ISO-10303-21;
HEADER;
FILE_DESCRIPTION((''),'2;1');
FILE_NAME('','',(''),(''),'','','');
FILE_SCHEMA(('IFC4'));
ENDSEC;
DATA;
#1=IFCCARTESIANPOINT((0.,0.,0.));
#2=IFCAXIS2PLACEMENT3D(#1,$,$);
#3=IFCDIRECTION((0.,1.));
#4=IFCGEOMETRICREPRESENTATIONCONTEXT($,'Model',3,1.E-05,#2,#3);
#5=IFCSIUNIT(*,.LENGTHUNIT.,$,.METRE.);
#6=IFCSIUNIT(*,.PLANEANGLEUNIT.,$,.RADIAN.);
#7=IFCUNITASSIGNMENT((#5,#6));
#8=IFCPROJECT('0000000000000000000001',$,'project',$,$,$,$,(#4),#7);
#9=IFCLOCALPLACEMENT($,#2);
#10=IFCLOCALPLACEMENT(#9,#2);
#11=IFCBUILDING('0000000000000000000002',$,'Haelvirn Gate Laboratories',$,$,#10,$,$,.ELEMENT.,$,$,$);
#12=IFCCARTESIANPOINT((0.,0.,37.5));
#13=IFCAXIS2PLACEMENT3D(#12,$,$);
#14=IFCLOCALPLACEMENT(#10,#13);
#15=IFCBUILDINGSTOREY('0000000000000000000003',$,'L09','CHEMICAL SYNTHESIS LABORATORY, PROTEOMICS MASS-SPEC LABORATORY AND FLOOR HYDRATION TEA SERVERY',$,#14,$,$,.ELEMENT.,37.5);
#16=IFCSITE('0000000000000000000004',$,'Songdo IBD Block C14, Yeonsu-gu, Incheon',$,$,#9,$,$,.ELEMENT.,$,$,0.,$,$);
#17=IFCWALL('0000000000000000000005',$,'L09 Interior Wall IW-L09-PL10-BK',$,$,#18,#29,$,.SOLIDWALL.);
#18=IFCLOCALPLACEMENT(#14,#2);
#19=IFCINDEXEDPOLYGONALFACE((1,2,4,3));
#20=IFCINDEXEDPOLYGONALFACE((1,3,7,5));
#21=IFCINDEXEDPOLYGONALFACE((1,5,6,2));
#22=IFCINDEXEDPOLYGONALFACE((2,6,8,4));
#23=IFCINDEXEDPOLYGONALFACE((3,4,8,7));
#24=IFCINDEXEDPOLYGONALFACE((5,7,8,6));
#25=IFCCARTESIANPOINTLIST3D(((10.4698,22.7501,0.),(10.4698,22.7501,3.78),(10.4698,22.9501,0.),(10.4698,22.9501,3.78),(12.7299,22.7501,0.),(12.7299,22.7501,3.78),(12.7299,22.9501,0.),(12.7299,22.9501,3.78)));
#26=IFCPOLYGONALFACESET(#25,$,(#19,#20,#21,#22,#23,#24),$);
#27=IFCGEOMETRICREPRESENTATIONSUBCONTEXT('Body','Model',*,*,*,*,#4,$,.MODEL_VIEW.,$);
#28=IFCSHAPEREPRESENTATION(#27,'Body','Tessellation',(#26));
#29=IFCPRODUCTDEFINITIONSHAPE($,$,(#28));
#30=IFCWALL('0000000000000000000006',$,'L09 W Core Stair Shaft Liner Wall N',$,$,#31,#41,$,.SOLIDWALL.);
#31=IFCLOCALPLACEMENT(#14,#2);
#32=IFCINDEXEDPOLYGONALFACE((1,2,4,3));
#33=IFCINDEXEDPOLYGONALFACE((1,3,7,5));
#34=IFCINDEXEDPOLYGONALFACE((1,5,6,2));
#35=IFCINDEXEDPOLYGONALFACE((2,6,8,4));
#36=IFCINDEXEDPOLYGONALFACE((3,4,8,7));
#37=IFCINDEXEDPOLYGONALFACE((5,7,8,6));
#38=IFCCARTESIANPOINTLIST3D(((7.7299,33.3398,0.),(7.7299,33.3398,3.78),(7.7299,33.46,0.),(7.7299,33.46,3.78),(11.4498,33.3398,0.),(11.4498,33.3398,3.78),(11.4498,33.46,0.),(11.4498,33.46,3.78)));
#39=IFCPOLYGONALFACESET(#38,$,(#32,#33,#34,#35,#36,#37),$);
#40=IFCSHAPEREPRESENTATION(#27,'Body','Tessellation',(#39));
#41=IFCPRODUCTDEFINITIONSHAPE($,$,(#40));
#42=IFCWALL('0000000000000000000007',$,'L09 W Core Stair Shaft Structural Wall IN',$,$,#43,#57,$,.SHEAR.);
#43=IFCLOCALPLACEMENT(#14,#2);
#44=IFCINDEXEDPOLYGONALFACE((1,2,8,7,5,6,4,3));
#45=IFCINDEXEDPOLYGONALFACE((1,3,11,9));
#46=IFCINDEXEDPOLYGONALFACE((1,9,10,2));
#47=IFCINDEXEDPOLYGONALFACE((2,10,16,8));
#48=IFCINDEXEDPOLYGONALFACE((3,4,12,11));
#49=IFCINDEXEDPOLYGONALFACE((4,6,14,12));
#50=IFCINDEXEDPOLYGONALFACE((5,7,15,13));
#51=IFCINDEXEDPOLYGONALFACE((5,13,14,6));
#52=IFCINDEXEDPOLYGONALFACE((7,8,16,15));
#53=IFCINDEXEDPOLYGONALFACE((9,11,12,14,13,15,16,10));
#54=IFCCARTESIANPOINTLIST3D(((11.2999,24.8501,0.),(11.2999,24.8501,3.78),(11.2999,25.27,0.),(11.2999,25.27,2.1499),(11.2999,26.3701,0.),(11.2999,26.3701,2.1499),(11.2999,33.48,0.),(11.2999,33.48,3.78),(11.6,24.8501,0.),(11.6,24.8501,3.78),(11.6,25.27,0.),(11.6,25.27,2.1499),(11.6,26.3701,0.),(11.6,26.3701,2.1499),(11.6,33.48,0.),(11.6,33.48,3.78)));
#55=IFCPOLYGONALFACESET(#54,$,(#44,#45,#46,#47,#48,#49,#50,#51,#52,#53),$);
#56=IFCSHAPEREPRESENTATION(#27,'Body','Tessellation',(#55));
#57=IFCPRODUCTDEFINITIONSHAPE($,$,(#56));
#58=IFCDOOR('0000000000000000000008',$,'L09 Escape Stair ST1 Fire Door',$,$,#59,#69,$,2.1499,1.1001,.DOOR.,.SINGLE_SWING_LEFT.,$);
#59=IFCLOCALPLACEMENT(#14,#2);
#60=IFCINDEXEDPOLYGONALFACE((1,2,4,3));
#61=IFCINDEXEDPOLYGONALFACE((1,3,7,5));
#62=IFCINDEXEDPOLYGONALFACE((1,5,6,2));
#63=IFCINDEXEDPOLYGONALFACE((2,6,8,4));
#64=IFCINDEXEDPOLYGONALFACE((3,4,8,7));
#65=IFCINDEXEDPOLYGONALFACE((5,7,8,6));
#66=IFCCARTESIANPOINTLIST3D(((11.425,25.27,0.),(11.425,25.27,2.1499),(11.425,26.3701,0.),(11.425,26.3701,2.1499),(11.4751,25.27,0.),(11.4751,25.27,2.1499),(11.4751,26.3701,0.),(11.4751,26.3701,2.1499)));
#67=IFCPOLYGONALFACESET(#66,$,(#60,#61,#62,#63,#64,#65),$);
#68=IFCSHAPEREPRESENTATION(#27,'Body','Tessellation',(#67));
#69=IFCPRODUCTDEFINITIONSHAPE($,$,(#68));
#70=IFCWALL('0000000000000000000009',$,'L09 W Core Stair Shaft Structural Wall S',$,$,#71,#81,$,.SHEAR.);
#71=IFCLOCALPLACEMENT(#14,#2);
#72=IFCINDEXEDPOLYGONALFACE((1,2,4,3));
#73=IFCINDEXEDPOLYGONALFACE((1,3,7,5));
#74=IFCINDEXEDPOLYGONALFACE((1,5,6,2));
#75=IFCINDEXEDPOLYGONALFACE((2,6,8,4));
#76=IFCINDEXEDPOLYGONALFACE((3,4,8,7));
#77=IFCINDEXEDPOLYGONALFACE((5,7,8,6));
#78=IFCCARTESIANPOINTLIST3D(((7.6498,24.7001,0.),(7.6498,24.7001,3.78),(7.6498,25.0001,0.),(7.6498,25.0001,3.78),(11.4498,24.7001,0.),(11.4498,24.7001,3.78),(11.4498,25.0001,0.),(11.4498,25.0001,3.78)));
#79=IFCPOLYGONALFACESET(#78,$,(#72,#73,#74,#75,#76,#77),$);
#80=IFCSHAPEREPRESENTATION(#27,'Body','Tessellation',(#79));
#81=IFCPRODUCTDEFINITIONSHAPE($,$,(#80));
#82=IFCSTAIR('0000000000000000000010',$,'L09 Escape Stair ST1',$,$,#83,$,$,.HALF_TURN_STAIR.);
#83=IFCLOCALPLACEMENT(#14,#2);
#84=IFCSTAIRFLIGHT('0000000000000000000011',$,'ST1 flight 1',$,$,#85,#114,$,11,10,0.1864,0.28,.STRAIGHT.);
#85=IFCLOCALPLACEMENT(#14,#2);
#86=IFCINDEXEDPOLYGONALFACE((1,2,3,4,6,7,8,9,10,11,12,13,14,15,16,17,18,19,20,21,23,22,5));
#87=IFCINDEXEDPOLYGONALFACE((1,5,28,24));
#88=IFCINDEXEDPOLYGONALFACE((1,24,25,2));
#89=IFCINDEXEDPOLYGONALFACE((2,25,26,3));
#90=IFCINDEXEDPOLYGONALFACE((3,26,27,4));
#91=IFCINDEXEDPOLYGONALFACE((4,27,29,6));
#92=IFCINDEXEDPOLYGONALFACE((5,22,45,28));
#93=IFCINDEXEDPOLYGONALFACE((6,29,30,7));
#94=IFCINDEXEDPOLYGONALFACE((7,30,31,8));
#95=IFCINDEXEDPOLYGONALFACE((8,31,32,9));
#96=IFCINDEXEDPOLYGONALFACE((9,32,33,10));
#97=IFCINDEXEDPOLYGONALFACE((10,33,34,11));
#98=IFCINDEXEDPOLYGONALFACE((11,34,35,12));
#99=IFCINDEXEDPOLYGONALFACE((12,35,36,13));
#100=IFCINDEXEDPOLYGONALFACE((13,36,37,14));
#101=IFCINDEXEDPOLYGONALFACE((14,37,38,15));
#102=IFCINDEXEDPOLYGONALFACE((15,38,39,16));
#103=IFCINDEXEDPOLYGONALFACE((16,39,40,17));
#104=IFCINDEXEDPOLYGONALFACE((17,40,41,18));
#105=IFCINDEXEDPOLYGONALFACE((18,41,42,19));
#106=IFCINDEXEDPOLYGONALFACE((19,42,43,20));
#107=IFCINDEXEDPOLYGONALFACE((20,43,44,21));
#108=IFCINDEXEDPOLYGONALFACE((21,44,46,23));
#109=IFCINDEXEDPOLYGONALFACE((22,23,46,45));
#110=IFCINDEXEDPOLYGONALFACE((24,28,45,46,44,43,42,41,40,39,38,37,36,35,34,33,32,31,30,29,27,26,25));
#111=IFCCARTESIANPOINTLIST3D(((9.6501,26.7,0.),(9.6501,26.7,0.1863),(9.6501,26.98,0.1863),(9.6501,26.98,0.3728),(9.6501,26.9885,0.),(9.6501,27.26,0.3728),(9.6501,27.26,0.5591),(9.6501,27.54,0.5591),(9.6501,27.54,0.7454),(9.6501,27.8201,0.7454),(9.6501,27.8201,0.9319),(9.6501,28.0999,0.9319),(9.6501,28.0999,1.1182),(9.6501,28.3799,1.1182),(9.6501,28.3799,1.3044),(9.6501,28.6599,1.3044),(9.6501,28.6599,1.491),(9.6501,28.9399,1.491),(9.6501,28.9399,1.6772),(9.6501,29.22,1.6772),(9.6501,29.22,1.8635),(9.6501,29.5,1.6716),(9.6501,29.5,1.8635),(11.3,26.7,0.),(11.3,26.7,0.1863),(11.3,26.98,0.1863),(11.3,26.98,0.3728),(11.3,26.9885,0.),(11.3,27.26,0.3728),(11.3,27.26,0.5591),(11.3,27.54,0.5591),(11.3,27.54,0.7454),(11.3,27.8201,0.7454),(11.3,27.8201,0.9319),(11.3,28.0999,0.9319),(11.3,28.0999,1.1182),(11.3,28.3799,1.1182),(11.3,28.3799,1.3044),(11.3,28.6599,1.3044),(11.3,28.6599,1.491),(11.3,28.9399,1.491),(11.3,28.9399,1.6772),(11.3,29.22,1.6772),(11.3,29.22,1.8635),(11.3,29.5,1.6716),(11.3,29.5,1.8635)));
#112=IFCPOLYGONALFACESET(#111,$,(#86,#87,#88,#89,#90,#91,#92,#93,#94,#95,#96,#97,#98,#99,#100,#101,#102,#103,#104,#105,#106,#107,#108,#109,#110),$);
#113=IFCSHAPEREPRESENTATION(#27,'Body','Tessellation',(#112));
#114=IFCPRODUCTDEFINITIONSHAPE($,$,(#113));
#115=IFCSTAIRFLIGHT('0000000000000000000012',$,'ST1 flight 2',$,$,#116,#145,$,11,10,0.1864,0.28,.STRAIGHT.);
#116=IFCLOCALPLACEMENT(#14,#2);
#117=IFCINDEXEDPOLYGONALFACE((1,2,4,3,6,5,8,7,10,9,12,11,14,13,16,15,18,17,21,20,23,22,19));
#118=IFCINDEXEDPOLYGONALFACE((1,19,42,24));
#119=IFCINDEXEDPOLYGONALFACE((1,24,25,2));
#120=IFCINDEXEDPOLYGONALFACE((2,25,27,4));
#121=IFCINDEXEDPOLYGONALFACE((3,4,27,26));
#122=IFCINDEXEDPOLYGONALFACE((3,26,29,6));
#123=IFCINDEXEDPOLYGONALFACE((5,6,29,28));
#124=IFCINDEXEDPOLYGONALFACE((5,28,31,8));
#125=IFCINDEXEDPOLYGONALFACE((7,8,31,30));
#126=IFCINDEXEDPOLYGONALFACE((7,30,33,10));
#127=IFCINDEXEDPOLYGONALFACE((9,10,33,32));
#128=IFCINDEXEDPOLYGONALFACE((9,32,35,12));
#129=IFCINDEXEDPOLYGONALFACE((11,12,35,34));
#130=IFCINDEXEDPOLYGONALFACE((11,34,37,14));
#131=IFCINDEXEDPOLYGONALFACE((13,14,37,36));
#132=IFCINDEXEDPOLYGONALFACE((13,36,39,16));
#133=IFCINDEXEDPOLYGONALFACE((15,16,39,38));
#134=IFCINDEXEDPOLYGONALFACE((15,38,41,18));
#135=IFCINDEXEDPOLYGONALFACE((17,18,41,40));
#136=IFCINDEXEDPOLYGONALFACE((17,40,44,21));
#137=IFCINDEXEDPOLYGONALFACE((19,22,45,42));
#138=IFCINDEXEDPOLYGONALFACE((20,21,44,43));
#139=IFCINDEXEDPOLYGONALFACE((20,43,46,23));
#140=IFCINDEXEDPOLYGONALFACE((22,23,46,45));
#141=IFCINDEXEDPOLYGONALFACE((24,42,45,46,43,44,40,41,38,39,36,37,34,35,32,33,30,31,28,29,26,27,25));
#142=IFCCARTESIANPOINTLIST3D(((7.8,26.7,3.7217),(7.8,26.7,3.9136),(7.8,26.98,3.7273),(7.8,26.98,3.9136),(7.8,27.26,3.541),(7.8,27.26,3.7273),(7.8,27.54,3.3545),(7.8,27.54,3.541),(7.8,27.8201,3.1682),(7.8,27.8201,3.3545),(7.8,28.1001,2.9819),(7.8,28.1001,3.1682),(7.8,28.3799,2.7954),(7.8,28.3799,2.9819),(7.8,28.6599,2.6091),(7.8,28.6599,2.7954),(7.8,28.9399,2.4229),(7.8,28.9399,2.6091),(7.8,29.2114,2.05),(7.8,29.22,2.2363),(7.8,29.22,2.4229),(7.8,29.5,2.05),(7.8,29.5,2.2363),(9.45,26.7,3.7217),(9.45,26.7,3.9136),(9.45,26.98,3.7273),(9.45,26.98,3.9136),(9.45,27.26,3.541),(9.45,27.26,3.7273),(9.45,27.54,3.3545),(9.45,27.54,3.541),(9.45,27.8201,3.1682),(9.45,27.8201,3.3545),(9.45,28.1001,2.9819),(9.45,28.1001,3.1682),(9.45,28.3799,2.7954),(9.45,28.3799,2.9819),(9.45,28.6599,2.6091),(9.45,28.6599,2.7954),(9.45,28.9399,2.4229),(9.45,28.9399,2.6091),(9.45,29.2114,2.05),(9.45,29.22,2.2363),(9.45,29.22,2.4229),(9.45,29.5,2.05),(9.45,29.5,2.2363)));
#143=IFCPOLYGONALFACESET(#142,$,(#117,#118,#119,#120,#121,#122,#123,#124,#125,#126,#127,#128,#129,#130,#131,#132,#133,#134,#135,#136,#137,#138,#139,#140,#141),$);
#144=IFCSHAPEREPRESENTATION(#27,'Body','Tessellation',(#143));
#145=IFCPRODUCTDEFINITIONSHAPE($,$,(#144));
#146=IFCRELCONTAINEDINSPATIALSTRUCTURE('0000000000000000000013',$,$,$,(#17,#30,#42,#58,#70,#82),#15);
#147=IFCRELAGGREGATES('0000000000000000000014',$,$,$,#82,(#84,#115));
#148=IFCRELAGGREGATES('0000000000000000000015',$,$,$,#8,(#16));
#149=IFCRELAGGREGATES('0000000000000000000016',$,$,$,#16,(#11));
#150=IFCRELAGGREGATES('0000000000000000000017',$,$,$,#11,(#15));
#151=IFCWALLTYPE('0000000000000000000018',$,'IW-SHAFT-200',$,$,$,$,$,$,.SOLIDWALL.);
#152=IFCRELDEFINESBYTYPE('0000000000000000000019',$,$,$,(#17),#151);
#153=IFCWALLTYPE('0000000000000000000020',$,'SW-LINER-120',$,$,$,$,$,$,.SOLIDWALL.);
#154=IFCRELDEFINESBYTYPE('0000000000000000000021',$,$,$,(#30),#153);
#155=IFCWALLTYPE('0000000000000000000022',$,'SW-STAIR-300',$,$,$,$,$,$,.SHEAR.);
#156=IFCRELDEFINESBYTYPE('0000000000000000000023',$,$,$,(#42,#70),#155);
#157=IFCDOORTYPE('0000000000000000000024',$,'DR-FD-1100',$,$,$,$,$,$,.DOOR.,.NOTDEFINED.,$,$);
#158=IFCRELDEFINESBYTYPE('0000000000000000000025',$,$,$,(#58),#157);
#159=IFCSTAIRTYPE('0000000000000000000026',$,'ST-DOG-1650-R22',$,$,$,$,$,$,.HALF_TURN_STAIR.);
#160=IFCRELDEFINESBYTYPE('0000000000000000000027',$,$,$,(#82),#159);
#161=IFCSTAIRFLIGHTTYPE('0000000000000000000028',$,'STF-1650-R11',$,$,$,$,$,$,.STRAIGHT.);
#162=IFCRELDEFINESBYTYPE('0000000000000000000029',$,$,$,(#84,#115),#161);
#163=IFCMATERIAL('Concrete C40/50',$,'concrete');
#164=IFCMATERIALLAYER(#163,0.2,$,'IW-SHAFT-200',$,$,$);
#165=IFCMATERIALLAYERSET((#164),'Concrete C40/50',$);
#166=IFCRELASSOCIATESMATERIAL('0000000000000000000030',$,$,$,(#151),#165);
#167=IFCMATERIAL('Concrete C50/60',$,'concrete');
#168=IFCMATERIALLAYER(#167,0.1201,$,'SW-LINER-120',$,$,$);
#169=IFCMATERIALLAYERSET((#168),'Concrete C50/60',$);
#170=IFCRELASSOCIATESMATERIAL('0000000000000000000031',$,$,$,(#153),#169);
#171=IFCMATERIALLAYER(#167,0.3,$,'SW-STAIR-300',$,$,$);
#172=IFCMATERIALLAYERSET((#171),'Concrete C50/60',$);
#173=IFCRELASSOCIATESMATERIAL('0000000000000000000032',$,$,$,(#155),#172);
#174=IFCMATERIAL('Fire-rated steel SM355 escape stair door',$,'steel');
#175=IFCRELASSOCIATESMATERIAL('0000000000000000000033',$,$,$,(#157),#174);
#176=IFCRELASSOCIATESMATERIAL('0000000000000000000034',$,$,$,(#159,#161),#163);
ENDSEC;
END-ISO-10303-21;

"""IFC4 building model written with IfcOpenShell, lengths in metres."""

from ifc_helpers import new_model, si_unit, direction, frame, frame_2d, origin, place, context, subcontext, project, spatial, polyline, rectangle, outline, extrude, source, transform, mapped, material, layer, layer_set, type_object, type_shapes, element, fill, aggregate, save


model = new_model("IFC4")

# Units and contexts
model_context = context("Model", 3, precision=1e-05, world=origin(), true_north=direction((0.0, 1.0)))
body_context = subcontext(model_context, "Body", "Model", "MODEL_VIEW")
ifc_project = project(units=[si_unit("LENGTHUNIT", "METRE"), si_unit("PLANEANGLEUNIT", "RADIAN")], contexts=[model_context])

# Site, building, storey
site_placement = place(None, origin())
site = spatial("IfcSite", under=ifc_project, at=site_placement, Name="Songdo IBD Block C14, Yeonsu-gu, Incheon", CompositionType="ELEMENT", RefElevation=0.0)
building_placement = place(site_placement, origin())
building = spatial("IfcBuilding", under=site, at=building_placement, Name="Haelvirn Gate Laboratories", CompositionType="ELEMENT")
storey_placement = place(building_placement, frame((0.0, 0.0, 37.5)))
storey = spatial("IfcBuildingStorey", under=building, at=storey_placement, Name="L09", Description="CHEMICAL SYNTHESIS LABORATORY, PROTEOMICS MASS-SPEC LABORATORY AND FLOOR HYDRATION TEA SERVERY", CompositionType="ELEMENT", Elevation=37.5)

# Walls
ifc_material_1 = material(Name="Concrete C40/50", Category="concrete")
ifc_layer_1 = layer(ifc_material_1, 0.2, Name="IW-SHAFT-200")
ifc_layer_set_1 = layer_set([ifc_layer_1], Name="Concrete C40/50")
wall_type_1 = type_object("IfcWallType", Name="IW-SHAFT-200", PredefinedType="SOLIDWALL", material=ifc_layer_set_1)
wall_1_placement = place(storey_placement, frame((10.47, 22.8501, 0.0), z_axis=(0.0, 0.0, 1.0), x_axis=(1.0, 0.0, 0.0)))
element("IfcWall", 1, at=wall_1_placement, inside=storey, type_object=wall_type_1, Name="L09 Interior Wall IW-L09-PL10-BK", PredefinedType="SOLIDWALL", context=body_context, shape_type="SweptSolid", body=[
    extrude(rectangle(XDim=2.26, YDim=0.2, at=frame_2d((1.1299, 0.0))), origin(), (0.0, 0.0, 1.0), 3.78),
])
ifc_material_2 = material(Name="Concrete C50/60", Category="concrete")
ifc_layer_2 = layer(ifc_material_2, 0.1201, Name="SW-LINER-120")
ifc_layer_set_2 = layer_set([ifc_layer_2], Name="Concrete C50/60")
wall_type_2 = type_object("IfcWallType", Name="SW-LINER-120", PredefinedType="SOLIDWALL", material=ifc_layer_set_2)
wall_2_placement = place(storey_placement, frame((7.73, 33.3999, 0.0), z_axis=(0.0, 0.0, 1.0), x_axis=(1.0, 0.0, 0.0)))
element("IfcWall", 2, at=wall_2_placement, inside=storey, type_object=wall_type_2, Name="L09 W Core Stair Shaft Liner Wall N", PredefinedType="SOLIDWALL", context=body_context, shape_type="SweptSolid", body=[
    extrude(rectangle(XDim=3.72, YDim=0.1201, at=frame_2d((1.8599, 0.0))), origin(), (0.0, 0.0, 1.0), 3.78),
])

# Wall, opening, door
ifc_layer_3 = layer(ifc_material_2, 0.3, Name="SW-STAIR-300")
ifc_layer_set_3 = layer_set([ifc_layer_3], Name="Concrete C50/60")
wall_type_3 = type_object("IfcWallType", Name="SW-STAIR-300", PredefinedType="SHEAR", material=ifc_layer_set_3)
wall_3_placement = place(storey_placement, frame((11.45, 24.8501, 0.0), z_axis=(0.0, 0.0, 1.0), x_axis=(0.0, 1.0, 0.0)))
wall_3 = element("IfcWall", 3, at=wall_3_placement, inside=storey, type_object=wall_type_3, Name="L09 W Core Stair Shaft Structural Wall IN", PredefinedType="SHEAR", context=body_context, shape_type="SweptSolid", body=[
    extrude(rectangle(XDim=8.6299, YDim=0.3, at=frame_2d((4.3149, 0.0))), origin(), (0.0, 0.0, 1.0), 3.78),
])
opening_1_placement = place(wall_3_placement, frame((0.4199, 0.0, 0.0)))
opening_1 = element("IfcOpeningElement", 4, at=opening_1_placement, cuts=wall_3, PredefinedType="OPENING", context=body_context, shape_type="SweptSolid", body=[
    extrude(rectangle(XDim=1.1001, YDim=2.1499, at=frame_2d((0.55, 1.075))), frame((0.0, 0.1602, 0.0), z_axis=(0.0, -1.0, 0.0), x_axis=(1.0, 0.0, 0.0)), (0.0, 0.0, 1.0), 0.3201),
])
ifc_material_3 = material(Name="Fire-rated steel SM355 escape stair door", Category="steel")
door_type_1 = type_object("IfcDoorType", Name="DR-FD-1100", OperationType="NOTDEFINED", PredefinedType="DOOR", material=ifc_material_3)
shared_shape_1 = source(origin(), body_context, "Body", "SweptSolid", [
    extrude(rectangle(XDim=1.1001, YDim=2.1499, at=frame_2d((0.55, 1.075))), frame((0.0, 0.0249, 0.0), z_axis=(0.0, -1.0, 0.0), x_axis=(1.0, 0.0, 0.0)), (0.0, 0.0, 1.0), 0.05),
])
type_shapes(door_type_1, [shared_shape_1])
door_1_placement = place(opening_1_placement, origin())
door_1 = element("IfcDoor", 5, at=door_1_placement, inside=storey, type_object=door_type_1, Name="L09 Escape Stair ST1 Fire Door", OperationType="SINGLE_SWING_LEFT", OverallHeight=2.1499, OverallWidth=1.1001, PredefinedType="DOOR", context=body_context, shape_type="MappedRepresentation", body=[
    mapped(shared_shape_1, transform((0.0, 0.0, 0.0), scale=1.0)),
])
fill(opening_1, door_1)

# Wall
wall_4_placement = place(storey_placement, frame((7.6499, 24.8501, 0.0), z_axis=(0.0, 0.0, 1.0), x_axis=(1.0, 0.0, 0.0)))
element("IfcWall", 6, at=wall_4_placement, inside=storey, type_object=wall_type_3, Name="L09 W Core Stair Shaft Structural Wall S", PredefinedType="SHEAR", context=body_context, shape_type="SweptSolid", body=[
    extrude(rectangle(XDim=3.8, YDim=0.3, at=frame_2d((1.8999, 0.0))), origin(), (0.0, 0.0, 1.0), 3.78),
])

# Stair, stair flights
stair_type = type_object("IfcStairType", Name="ST-DOG-1650-R22", PredefinedType="HALF_TURN_STAIR", material=ifc_material_1)
stair_placement = place(storey_placement, origin())
stair = element("IfcStair", 7, at=stair_placement, inside=storey, type_object=stair_type, Name="L09 Escape Stair ST1", PredefinedType="HALF_TURN_STAIR")
stair_flight_type = type_object("IfcStairFlightType", Name="STF-1650-R11", PredefinedType="STRAIGHT", material=ifc_material_1)
shared_shape_2 = source(origin(), body_context, "Body", "SweptSolid", [
    extrude(outline(polyline([(0.0, 0.0), (0.0, 0.1863), (0.28, 0.1863), (0.28, 0.3728), (0.5601, 0.3728), (0.5601, 0.5591), (0.8401, 0.5591), (0.8401, 0.7454), (1.1201, 0.7454), (1.1201, 0.9319), (1.3999, 0.9319), (1.3999, 1.1182), (1.6799, 1.1182), (1.6799, 1.3044), (1.96, 1.3044), (1.96, 1.491), (2.24, 1.491), (2.24, 1.6772), (2.52, 1.6772), (2.52, 1.8635), (2.8, 1.8635), (2.8, 2.05), (2.8, 1.6716), (0.2886, 0.0), (0.0, 0.0)])), frame((0.0, 0.825, 0.0), z_axis=(0.0, -1.0, 0.0), x_axis=(1.0, 0.0, 0.0)), (0.0, 0.0, 1.0), 1.6499),
])
type_shapes(stair_flight_type, [shared_shape_2])
stair_flight_1_placement = place(storey_placement, frame((10.4751, 26.7, 0.0), z_axis=(0.0, 0.0, 1.0), x_axis=(0.0, 1.0, 0.0)))
stair_flight_1 = element("IfcStairFlight", 8, at=stair_flight_1_placement, type_object=stair_flight_type, Name="ST1 flight 1", NumberOfRisers=11, NumberOfTreads=10, PredefinedType="STRAIGHT", RiserHeight=0.1864, TreadLength=0.28, context=body_context, shape_type="MappedRepresentation", body=[
    mapped(shared_shape_2, transform((0.0, 0.0, 0.0), scale=1.0)),
])
stair_flight_2_placement = place(storey_placement, frame((8.625, 29.5, 2.05), z_axis=(0.0, 0.0, 1.0), x_axis=(0.0, -1.0, 0.0)))
stair_flight_2 = element("IfcStairFlight", 9, at=stair_flight_2_placement, type_object=stair_flight_type, Name="ST1 flight 2", NumberOfRisers=11, NumberOfTreads=10, PredefinedType="STRAIGHT", RiserHeight=0.1864, TreadLength=0.28, context=body_context, shape_type="MappedRepresentation", body=[
    mapped(shared_shape_2, transform((0.0, 0.0, 0.0), scale=1.0)),
])
aggregate(stair, [stair_flight_1, stair_flight_2])

save(model, "model.ifc")
